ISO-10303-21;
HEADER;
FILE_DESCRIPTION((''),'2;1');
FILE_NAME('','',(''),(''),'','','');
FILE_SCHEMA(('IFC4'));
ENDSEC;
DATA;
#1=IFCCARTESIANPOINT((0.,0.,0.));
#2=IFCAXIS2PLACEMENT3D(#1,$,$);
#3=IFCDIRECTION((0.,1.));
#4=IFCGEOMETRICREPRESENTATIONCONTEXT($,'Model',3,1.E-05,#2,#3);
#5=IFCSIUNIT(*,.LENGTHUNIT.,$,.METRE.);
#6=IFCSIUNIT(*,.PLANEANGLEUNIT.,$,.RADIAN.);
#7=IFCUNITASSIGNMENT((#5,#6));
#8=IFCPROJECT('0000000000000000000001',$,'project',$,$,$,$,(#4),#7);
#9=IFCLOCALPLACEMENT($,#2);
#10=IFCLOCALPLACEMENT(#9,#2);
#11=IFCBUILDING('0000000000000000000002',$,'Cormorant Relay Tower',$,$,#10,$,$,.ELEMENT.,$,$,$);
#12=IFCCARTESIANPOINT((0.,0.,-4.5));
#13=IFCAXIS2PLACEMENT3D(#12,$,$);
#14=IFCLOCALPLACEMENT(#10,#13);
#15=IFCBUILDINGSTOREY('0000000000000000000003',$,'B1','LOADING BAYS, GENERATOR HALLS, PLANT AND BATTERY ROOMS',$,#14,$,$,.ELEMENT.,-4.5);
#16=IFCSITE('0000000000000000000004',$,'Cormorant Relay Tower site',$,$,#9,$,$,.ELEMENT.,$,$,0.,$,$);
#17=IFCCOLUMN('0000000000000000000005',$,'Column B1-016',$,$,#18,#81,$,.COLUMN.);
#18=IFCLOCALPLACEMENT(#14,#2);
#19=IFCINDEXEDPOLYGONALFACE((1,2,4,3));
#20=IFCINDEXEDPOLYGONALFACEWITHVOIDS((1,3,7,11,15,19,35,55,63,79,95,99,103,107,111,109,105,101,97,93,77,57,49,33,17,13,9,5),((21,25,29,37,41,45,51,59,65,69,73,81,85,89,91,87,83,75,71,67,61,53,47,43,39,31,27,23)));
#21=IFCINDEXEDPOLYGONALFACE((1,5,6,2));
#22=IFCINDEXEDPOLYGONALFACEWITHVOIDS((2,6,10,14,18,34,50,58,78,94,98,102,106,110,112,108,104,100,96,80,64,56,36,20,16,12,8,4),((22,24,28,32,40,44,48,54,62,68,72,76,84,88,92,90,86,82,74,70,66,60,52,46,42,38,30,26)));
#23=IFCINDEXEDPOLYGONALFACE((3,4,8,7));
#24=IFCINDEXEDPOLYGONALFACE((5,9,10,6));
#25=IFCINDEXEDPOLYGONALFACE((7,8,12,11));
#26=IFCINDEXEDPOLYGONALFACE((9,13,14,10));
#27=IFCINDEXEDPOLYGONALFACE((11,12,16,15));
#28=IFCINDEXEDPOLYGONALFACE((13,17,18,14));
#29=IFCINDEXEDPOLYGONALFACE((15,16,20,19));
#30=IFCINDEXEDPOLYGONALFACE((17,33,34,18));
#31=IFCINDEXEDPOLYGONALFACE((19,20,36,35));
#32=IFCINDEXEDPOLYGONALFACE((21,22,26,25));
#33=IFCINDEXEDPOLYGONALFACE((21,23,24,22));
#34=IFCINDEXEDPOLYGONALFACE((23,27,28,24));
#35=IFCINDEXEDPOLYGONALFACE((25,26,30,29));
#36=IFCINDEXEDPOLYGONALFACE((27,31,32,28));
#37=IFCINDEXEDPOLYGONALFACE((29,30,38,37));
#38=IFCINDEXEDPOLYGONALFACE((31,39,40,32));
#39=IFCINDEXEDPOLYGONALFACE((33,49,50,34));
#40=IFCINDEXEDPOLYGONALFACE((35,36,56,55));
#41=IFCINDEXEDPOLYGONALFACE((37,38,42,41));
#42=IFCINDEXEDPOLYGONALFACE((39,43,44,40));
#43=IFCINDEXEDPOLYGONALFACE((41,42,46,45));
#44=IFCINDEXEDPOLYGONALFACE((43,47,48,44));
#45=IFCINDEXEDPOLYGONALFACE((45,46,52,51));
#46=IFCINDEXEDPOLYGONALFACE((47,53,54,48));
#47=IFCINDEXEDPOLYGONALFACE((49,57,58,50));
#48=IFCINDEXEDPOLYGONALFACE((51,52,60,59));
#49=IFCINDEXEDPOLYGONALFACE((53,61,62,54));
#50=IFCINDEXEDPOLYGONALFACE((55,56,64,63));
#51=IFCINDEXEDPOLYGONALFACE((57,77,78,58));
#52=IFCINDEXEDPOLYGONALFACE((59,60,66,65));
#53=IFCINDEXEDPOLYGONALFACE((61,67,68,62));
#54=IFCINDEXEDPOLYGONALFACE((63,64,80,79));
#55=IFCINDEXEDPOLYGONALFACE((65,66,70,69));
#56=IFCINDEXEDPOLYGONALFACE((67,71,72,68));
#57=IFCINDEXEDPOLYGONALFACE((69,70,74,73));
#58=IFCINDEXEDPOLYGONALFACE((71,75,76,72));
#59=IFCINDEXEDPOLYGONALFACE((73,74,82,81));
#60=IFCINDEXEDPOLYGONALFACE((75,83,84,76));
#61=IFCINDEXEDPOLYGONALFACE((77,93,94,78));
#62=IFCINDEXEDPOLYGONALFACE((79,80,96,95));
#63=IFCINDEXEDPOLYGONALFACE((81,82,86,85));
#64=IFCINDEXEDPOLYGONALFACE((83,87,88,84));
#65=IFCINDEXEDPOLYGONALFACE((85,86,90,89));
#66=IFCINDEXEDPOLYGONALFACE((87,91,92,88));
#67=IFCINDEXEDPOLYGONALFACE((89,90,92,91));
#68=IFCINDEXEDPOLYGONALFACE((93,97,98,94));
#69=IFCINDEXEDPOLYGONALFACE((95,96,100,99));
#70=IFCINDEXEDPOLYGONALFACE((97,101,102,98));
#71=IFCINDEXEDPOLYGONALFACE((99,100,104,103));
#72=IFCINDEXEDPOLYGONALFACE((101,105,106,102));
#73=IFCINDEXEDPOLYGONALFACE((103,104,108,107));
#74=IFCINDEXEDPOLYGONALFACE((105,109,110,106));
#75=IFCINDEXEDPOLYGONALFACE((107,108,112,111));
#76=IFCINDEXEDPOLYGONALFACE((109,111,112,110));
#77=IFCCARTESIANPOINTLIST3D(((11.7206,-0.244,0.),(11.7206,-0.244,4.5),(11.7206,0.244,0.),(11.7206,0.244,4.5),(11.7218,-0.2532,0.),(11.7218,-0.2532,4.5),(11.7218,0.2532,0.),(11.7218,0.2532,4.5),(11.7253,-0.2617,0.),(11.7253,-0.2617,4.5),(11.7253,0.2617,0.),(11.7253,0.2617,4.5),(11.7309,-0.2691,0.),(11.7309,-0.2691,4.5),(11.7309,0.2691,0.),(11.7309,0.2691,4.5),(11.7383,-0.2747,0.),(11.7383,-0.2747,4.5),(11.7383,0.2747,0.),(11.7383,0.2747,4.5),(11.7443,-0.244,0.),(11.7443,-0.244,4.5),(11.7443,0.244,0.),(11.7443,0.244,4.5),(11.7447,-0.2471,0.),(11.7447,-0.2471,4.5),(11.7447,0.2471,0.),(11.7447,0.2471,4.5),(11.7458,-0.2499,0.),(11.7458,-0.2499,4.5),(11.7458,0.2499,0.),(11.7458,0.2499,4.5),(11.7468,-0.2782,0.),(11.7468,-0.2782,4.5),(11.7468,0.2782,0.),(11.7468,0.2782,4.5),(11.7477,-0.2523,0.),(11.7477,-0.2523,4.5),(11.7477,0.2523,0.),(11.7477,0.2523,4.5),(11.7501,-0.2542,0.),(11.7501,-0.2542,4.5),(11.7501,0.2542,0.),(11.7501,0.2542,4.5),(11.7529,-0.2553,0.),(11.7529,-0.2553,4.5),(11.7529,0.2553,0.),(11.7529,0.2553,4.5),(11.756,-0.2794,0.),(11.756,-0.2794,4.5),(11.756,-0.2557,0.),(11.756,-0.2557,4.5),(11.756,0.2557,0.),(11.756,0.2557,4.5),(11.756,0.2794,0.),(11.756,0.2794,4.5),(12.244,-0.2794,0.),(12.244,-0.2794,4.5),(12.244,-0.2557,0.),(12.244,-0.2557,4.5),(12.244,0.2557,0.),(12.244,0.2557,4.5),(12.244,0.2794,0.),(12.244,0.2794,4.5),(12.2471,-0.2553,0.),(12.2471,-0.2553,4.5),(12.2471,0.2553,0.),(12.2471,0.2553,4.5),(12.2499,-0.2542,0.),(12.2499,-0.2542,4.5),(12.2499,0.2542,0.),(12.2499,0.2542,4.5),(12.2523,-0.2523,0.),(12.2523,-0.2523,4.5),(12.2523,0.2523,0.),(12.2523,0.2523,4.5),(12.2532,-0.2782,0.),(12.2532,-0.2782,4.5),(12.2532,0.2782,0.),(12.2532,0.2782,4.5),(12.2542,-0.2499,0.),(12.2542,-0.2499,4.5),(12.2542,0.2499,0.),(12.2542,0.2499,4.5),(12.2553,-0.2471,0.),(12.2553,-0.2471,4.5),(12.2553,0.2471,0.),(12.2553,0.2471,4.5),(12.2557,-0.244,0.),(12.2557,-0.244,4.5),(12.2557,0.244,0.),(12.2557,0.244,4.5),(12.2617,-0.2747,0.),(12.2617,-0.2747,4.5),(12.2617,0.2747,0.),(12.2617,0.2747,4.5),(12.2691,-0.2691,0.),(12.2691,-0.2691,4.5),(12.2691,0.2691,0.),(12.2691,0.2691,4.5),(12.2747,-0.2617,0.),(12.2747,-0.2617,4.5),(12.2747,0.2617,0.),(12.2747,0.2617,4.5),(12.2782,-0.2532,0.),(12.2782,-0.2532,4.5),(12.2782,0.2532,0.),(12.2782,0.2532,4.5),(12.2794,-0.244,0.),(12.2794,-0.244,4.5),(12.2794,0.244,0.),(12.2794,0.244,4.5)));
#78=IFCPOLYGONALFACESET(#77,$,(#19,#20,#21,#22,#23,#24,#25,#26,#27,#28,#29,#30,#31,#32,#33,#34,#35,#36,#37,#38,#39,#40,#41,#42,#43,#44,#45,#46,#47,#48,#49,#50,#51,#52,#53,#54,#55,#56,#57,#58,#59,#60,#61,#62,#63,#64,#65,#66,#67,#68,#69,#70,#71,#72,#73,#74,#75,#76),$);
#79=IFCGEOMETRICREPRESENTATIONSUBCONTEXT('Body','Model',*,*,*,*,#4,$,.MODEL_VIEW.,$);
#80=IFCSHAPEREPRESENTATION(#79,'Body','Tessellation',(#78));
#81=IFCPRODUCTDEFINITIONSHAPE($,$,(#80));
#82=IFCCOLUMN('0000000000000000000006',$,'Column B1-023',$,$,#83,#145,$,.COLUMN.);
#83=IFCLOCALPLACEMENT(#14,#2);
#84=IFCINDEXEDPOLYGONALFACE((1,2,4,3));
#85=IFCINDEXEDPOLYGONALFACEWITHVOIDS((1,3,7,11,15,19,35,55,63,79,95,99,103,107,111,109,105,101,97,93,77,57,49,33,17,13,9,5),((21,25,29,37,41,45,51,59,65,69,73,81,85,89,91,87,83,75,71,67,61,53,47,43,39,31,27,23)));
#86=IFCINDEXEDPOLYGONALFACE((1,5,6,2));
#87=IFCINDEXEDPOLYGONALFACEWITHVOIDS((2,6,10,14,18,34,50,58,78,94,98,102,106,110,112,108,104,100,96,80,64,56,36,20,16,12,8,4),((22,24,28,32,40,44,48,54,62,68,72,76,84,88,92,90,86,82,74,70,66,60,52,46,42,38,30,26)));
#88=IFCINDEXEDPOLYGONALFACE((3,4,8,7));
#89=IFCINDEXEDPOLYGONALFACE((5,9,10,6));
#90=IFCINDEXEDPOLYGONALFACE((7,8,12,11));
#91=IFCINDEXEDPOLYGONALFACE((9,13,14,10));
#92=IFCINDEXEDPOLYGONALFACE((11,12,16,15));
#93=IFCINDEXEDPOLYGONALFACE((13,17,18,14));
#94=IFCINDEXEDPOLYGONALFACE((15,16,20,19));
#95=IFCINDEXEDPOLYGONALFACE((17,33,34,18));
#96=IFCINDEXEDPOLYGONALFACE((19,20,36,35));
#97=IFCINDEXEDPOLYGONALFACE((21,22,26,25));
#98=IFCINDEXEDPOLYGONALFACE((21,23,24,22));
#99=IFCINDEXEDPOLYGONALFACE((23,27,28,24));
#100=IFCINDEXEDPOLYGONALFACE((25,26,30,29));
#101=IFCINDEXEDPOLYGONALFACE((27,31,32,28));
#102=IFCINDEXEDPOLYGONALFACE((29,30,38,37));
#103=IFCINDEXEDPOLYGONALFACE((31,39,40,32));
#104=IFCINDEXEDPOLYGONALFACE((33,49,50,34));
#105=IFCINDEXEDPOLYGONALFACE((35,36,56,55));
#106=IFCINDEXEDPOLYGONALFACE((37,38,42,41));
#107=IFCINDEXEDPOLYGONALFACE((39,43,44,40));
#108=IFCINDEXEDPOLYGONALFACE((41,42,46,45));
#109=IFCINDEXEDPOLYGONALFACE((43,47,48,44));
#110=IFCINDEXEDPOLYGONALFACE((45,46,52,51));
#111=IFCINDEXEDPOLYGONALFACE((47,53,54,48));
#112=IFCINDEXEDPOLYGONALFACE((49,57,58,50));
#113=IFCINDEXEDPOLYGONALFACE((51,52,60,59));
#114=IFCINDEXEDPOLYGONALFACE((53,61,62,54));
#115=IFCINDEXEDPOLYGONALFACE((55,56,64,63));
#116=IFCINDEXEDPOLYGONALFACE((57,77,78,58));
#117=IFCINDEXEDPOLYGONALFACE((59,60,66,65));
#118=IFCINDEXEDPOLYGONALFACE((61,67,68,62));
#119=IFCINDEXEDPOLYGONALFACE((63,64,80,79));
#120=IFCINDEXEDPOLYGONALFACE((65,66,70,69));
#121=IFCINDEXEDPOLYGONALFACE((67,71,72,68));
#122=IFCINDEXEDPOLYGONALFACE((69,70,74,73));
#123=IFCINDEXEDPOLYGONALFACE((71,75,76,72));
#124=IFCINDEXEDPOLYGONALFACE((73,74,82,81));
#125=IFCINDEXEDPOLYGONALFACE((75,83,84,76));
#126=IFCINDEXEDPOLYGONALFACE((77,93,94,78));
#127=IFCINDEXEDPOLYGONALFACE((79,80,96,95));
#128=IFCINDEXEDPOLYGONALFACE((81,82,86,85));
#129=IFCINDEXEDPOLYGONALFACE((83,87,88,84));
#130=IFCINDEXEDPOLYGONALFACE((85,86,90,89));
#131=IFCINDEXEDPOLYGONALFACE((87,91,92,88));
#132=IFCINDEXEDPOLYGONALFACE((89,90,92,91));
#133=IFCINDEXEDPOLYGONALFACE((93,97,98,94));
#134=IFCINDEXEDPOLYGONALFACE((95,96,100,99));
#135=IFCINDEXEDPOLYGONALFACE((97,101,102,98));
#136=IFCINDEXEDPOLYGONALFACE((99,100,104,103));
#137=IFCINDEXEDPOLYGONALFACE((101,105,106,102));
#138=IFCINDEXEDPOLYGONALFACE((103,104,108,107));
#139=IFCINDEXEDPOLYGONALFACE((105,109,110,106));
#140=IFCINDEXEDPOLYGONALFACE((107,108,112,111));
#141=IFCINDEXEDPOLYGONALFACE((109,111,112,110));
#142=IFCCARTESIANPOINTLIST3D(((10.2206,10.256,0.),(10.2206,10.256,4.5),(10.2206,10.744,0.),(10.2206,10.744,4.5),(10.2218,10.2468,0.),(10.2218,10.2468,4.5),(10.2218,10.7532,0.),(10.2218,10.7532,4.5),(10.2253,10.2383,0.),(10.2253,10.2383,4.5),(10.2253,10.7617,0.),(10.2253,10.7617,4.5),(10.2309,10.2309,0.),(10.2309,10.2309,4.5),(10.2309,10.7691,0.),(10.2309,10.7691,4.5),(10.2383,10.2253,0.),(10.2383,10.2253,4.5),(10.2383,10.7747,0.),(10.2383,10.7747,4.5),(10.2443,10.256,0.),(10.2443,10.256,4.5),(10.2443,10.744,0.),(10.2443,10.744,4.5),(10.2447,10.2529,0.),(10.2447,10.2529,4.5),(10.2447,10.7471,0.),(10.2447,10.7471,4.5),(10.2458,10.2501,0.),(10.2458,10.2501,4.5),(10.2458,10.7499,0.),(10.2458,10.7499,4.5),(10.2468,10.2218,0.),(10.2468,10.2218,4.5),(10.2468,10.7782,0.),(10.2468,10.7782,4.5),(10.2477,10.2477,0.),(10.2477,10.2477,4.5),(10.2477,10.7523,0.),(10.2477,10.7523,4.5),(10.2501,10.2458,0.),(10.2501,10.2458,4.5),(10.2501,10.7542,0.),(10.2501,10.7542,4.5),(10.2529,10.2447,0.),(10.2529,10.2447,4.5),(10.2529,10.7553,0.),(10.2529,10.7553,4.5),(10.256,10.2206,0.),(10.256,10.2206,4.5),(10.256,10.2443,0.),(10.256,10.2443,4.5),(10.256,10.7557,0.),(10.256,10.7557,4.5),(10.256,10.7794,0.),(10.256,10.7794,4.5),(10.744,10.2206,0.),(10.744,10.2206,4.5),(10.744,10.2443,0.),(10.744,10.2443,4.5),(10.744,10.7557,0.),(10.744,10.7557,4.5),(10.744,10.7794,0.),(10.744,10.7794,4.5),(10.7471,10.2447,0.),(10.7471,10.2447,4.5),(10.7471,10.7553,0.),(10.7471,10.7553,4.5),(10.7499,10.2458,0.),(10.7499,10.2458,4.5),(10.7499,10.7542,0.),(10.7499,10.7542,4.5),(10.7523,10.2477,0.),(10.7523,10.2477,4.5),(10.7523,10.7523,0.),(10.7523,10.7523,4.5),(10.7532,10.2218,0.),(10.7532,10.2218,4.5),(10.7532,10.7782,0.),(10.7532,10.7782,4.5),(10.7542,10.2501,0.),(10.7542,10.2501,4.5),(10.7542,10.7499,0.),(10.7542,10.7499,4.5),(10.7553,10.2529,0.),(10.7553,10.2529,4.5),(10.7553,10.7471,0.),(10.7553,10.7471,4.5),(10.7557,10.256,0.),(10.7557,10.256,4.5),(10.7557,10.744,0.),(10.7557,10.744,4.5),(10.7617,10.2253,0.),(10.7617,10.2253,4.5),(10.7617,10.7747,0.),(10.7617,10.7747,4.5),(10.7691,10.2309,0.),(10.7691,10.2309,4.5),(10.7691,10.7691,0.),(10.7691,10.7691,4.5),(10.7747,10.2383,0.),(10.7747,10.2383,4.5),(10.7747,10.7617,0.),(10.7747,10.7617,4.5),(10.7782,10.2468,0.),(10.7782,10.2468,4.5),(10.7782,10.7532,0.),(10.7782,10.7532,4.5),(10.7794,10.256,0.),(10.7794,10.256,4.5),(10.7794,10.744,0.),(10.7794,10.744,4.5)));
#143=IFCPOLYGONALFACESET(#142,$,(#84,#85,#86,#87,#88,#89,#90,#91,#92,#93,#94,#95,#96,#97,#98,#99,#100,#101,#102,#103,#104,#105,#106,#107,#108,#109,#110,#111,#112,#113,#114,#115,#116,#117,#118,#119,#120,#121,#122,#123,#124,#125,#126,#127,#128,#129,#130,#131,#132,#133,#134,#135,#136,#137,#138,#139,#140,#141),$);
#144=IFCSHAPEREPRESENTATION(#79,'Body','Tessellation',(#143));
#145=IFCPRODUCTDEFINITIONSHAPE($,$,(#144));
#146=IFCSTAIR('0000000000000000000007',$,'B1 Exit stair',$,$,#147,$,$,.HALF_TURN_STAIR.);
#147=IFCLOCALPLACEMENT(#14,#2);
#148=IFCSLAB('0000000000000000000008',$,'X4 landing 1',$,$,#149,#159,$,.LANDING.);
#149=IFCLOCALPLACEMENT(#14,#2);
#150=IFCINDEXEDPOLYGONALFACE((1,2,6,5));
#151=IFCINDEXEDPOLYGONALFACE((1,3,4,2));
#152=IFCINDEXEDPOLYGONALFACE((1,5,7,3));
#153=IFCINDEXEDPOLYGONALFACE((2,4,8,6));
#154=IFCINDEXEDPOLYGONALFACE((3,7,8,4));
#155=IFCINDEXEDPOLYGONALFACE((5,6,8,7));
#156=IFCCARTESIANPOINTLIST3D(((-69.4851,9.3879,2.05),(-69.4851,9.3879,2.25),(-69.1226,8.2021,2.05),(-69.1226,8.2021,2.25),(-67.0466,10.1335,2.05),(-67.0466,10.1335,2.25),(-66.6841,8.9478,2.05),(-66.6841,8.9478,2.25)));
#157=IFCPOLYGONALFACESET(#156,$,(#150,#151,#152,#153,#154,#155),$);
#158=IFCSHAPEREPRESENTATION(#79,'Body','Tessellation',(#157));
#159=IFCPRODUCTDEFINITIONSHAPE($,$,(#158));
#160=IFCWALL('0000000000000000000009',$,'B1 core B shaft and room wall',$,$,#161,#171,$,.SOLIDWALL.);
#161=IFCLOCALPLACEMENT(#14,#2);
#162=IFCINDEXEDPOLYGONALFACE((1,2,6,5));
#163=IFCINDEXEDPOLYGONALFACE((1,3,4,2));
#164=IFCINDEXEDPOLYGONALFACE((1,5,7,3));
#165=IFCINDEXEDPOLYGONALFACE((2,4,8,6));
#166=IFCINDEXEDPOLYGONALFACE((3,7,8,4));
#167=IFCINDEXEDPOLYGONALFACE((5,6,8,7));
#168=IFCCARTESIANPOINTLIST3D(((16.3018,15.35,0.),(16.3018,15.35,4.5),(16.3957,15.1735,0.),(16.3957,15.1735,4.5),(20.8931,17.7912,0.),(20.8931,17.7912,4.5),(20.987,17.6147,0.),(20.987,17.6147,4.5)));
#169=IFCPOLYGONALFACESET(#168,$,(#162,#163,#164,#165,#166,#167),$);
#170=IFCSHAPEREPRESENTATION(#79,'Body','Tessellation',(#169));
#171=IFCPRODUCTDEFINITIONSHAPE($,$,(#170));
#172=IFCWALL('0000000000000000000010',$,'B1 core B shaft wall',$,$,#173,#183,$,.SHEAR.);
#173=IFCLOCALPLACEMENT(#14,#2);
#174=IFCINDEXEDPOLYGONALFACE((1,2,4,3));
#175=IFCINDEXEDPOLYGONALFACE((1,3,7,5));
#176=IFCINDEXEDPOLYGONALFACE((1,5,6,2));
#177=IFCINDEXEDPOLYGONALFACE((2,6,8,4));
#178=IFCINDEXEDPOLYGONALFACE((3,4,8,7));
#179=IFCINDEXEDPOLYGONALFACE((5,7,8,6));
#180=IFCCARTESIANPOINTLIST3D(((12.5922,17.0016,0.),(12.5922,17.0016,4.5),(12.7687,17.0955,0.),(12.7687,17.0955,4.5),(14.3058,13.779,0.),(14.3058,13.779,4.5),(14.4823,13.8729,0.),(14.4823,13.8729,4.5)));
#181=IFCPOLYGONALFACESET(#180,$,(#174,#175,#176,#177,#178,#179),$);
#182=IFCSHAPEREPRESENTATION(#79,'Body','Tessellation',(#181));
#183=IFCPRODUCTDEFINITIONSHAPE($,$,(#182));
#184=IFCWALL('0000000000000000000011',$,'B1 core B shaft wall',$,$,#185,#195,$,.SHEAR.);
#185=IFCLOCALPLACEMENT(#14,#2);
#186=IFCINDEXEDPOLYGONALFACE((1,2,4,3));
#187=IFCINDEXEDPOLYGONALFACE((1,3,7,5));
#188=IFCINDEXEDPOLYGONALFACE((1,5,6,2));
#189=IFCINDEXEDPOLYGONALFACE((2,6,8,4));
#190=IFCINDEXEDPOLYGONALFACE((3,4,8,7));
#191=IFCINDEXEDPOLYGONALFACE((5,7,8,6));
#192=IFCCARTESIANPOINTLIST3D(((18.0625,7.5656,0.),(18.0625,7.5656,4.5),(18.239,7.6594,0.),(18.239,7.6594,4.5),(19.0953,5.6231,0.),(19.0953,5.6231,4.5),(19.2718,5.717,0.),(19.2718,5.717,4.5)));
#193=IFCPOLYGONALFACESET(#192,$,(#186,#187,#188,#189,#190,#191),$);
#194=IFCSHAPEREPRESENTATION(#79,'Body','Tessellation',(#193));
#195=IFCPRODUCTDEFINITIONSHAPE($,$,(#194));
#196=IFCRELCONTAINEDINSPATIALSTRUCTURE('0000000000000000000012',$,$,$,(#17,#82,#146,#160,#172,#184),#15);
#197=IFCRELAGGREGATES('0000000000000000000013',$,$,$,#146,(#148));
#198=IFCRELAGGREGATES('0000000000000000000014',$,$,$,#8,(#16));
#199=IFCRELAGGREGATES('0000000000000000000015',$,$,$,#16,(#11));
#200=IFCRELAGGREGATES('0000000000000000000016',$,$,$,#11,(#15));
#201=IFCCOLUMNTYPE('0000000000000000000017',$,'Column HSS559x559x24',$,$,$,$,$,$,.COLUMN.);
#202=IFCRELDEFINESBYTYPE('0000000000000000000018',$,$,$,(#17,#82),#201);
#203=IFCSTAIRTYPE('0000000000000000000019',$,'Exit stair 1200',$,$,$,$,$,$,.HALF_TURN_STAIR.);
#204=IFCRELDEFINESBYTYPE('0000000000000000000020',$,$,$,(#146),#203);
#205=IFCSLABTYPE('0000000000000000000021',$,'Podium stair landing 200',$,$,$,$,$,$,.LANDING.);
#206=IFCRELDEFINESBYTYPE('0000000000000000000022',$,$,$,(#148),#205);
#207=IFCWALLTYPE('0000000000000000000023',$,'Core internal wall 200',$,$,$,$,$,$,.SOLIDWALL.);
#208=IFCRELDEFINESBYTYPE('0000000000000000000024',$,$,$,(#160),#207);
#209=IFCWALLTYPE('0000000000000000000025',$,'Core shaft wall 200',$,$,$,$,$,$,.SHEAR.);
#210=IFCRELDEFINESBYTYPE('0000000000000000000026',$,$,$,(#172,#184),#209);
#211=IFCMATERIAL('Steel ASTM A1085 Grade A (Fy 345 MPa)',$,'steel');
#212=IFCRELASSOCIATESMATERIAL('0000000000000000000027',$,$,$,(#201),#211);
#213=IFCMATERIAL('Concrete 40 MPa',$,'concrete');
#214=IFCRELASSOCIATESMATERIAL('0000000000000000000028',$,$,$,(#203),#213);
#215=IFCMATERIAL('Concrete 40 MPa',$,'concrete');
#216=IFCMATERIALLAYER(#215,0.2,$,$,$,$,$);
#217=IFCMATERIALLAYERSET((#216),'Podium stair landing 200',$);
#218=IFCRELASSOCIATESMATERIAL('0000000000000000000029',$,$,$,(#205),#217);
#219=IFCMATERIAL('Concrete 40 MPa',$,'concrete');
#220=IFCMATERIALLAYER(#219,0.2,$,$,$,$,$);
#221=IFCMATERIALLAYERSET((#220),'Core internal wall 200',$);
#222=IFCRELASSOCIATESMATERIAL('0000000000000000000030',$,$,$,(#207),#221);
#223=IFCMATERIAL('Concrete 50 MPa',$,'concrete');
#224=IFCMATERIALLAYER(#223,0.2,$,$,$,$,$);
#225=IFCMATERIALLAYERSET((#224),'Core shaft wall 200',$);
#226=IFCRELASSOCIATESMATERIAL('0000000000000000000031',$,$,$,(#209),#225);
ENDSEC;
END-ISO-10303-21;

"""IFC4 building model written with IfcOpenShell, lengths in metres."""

from ifc_helpers import new_model, si_unit, direction, frame, frame_2d, origin, origin_2d, place, context, subcontext, project, spatial, polyline, rectangle, hollow_rectangle, outline, extrude, material, layer, layer_set, material_profile, profile_set, type_object, element, aggregate, save


model = new_model("IFC4")

# Units and contexts
model_context = context("Model", 3, precision=1e-05, world=origin(), true_north=direction((0.0, 1.0)))
body_context = subcontext(model_context, "Body", "Model", "MODEL_VIEW")
ifc_project = project(units=[si_unit("LENGTHUNIT", "METRE"), si_unit("PLANEANGLEUNIT", "RADIAN")], contexts=[model_context])

# Site, building, storey
site_placement = place(None, origin())
site = spatial("IfcSite", under=ifc_project, at=site_placement, Name="Cormorant Relay Tower site", CompositionType="ELEMENT", RefElevation=0.0)
building_placement = place(site_placement, origin())
building = spatial("IfcBuilding", under=site, at=building_placement, Name="Cormorant Relay Tower", CompositionType="ELEMENT")
storey_placement = place(building_placement, frame((0.0, 0.0, -4.5)))
storey = spatial("IfcBuildingStorey", under=building, at=storey_placement, Name="B1", Description="LOADING BAYS, GENERATOR HALLS, PLANT AND BATTERY ROOMS", CompositionType="ELEMENT", Elevation=-4.5)

# Columns
ifc_material_1 = material(Name="Steel ASTM A1085 Grade A (Fy 345 MPa)", Category="steel")
ifc_material_profile = material_profile(ifc_material_1, hollow_rectangle(XDim=0.5588, YDim=0.5588, WallThickness=0.0237, InnerFilletRadius=0.0117, OuterFilletRadius=0.0354, at=origin_2d()), Name="HSS559x559x24")
ifc_profile_set = profile_set([ifc_material_profile], Name="Steel ASTM A1085 Grade A (Fy 345 MPa)")
column_type = type_object("IfcColumnType", Name="Column HSS559x559x24", PredefinedType="COLUMN", material=ifc_profile_set)
for number, where, z_axis, x_axis, name in (
    (1, (12.0, 0.0, 0.0), (0.0, 0.0, 1.0), (1.0, 0.0, 0.0), "Column B1-016"),
    (2, (10.5, 10.5, 0.0), (0.0, 0.0, 1.0), (1.0, 0.0, 0.0), "Column B1-023"),
):
    element("IfcColumn", number, at=place(storey_placement, frame(where, z_axis=z_axis, x_axis=x_axis)), inside=storey, type_object=column_type, Name=name, PredefinedType="COLUMN", context=body_context, shape_type="SweptSolid", body=[
        extrude(hollow_rectangle(XDim=0.5588, YDim=0.5588, WallThickness=0.0237, InnerFilletRadius=0.0117, OuterFilletRadius=0.0354, at=origin_2d()), origin(), (0.0, 0.0, 1.0), 4.5),
    ])

# Stair, slab
ifc_material_2 = material(Name="Concrete 40 MPa", Category="concrete")
stair_type = type_object("IfcStairType", Name="Exit stair 1200", PredefinedType="HALF_TURN_STAIR", material=ifc_material_2)
stair_placement = place(storey_placement, origin())
stair = element("IfcStair", 3, at=stair_placement, inside=storey, type_object=stair_type, Name="B1 Exit stair", PredefinedType="HALF_TURN_STAIR")
ifc_material_3 = material(Name="Concrete 40 MPa", Category="concrete")
ifc_layer_1 = layer(ifc_material_3, 0.2)
ifc_layer_set_1 = layer_set([ifc_layer_1], Name="Podium stair landing 200")
slab_type = type_object("IfcSlabType", Name="Podium stair landing 200", PredefinedType="LANDING", material=ifc_layer_set_1)
slab_placement = place(storey_placement, frame((0.0, 0.0, 2.05)))
slab = element("IfcSlab", 4, at=slab_placement, type_object=slab_type, Name="X4 landing 1", PredefinedType="LANDING", context=body_context, shape_type="SweptSolid", body=[
    extrude(outline(polyline([(-69.4851, 9.3879), (-69.1226, 8.2021), (-66.6841, 8.9478), (-67.0466, 10.1335), (-69.4851, 9.3879)])), origin(), (0.0, 0.0, 1.0), 0.2),
])
aggregate(stair, [slab])

# Walls
ifc_material_4 = material(Name="Concrete 40 MPa", Category="concrete")
ifc_layer_2 = layer(ifc_material_4, 0.2)
ifc_layer_set_2 = layer_set([ifc_layer_2], Name="Core internal wall 200")
wall_type_1 = type_object("IfcWallType", Name="Core internal wall 200", PredefinedType="SOLIDWALL", material=ifc_layer_set_2)
wall_1_placement = place(storey_placement, frame((16.3486, 15.2617, 0.0), z_axis=(0.0, 0.0, 1.0), x_axis=(0.882954, 0.46946, 0.0)))
element("IfcWall", 5, at=wall_1_placement, inside=storey, type_object=wall_type_1, Name="B1 core B shaft and room wall", PredefinedType="SOLIDWALL", context=body_context, shape_type="SweptSolid", body=[
    extrude(rectangle(XDim=5.2, YDim=0.2, at=frame_2d((2.6001, 0.0))), origin(), (0.0, 0.0, 1.0), 4.5),
])
ifc_material_5 = material(Name="Concrete 50 MPa", Category="concrete")
ifc_layer_3 = layer(ifc_material_5, 0.2)
ifc_layer_set_3 = layer_set([ifc_layer_3], Name="Core shaft wall 200")
wall_type_2 = type_object("IfcWallType", Name="Core shaft wall 200", PredefinedType="SHEAR", material=ifc_layer_set_3)
wall_2_placement = place(storey_placement, frame((14.394, 13.8259, 0.0), z_axis=(0.0, 0.0, 1.0), x_axis=(-0.469494, 0.882936, 0.0)))
element("IfcWall", 6, at=wall_2_placement, inside=storey, type_object=wall_type_2, Name="B1 core B shaft wall", PredefinedType="SHEAR", context=body_context, shape_type="SweptSolid", body=[
    extrude(rectangle(XDim=3.6499, YDim=0.2, at=frame_2d((1.825, 0.0))), origin(), (0.0, 0.0, 1.0), 4.5),
])
wall_3_placement = place(storey_placement, frame((19.1836, 5.6699, 0.0), z_axis=(0.0, 0.0, 1.0), x_axis=(-0.469447, 0.88296, 0.0)))
element("IfcWall", 7, at=wall_3_placement, inside=storey, type_object=wall_type_2, Name="B1 core B shaft wall", PredefinedType="SHEAR", context=body_context, shape_type="SweptSolid", body=[
    extrude(rectangle(XDim=2.2, YDim=0.2, at=frame_2d((1.1001, 0.0))), origin(), (0.0, 0.0, 1.0), 4.5),
])

save(model, "model.ifc")
